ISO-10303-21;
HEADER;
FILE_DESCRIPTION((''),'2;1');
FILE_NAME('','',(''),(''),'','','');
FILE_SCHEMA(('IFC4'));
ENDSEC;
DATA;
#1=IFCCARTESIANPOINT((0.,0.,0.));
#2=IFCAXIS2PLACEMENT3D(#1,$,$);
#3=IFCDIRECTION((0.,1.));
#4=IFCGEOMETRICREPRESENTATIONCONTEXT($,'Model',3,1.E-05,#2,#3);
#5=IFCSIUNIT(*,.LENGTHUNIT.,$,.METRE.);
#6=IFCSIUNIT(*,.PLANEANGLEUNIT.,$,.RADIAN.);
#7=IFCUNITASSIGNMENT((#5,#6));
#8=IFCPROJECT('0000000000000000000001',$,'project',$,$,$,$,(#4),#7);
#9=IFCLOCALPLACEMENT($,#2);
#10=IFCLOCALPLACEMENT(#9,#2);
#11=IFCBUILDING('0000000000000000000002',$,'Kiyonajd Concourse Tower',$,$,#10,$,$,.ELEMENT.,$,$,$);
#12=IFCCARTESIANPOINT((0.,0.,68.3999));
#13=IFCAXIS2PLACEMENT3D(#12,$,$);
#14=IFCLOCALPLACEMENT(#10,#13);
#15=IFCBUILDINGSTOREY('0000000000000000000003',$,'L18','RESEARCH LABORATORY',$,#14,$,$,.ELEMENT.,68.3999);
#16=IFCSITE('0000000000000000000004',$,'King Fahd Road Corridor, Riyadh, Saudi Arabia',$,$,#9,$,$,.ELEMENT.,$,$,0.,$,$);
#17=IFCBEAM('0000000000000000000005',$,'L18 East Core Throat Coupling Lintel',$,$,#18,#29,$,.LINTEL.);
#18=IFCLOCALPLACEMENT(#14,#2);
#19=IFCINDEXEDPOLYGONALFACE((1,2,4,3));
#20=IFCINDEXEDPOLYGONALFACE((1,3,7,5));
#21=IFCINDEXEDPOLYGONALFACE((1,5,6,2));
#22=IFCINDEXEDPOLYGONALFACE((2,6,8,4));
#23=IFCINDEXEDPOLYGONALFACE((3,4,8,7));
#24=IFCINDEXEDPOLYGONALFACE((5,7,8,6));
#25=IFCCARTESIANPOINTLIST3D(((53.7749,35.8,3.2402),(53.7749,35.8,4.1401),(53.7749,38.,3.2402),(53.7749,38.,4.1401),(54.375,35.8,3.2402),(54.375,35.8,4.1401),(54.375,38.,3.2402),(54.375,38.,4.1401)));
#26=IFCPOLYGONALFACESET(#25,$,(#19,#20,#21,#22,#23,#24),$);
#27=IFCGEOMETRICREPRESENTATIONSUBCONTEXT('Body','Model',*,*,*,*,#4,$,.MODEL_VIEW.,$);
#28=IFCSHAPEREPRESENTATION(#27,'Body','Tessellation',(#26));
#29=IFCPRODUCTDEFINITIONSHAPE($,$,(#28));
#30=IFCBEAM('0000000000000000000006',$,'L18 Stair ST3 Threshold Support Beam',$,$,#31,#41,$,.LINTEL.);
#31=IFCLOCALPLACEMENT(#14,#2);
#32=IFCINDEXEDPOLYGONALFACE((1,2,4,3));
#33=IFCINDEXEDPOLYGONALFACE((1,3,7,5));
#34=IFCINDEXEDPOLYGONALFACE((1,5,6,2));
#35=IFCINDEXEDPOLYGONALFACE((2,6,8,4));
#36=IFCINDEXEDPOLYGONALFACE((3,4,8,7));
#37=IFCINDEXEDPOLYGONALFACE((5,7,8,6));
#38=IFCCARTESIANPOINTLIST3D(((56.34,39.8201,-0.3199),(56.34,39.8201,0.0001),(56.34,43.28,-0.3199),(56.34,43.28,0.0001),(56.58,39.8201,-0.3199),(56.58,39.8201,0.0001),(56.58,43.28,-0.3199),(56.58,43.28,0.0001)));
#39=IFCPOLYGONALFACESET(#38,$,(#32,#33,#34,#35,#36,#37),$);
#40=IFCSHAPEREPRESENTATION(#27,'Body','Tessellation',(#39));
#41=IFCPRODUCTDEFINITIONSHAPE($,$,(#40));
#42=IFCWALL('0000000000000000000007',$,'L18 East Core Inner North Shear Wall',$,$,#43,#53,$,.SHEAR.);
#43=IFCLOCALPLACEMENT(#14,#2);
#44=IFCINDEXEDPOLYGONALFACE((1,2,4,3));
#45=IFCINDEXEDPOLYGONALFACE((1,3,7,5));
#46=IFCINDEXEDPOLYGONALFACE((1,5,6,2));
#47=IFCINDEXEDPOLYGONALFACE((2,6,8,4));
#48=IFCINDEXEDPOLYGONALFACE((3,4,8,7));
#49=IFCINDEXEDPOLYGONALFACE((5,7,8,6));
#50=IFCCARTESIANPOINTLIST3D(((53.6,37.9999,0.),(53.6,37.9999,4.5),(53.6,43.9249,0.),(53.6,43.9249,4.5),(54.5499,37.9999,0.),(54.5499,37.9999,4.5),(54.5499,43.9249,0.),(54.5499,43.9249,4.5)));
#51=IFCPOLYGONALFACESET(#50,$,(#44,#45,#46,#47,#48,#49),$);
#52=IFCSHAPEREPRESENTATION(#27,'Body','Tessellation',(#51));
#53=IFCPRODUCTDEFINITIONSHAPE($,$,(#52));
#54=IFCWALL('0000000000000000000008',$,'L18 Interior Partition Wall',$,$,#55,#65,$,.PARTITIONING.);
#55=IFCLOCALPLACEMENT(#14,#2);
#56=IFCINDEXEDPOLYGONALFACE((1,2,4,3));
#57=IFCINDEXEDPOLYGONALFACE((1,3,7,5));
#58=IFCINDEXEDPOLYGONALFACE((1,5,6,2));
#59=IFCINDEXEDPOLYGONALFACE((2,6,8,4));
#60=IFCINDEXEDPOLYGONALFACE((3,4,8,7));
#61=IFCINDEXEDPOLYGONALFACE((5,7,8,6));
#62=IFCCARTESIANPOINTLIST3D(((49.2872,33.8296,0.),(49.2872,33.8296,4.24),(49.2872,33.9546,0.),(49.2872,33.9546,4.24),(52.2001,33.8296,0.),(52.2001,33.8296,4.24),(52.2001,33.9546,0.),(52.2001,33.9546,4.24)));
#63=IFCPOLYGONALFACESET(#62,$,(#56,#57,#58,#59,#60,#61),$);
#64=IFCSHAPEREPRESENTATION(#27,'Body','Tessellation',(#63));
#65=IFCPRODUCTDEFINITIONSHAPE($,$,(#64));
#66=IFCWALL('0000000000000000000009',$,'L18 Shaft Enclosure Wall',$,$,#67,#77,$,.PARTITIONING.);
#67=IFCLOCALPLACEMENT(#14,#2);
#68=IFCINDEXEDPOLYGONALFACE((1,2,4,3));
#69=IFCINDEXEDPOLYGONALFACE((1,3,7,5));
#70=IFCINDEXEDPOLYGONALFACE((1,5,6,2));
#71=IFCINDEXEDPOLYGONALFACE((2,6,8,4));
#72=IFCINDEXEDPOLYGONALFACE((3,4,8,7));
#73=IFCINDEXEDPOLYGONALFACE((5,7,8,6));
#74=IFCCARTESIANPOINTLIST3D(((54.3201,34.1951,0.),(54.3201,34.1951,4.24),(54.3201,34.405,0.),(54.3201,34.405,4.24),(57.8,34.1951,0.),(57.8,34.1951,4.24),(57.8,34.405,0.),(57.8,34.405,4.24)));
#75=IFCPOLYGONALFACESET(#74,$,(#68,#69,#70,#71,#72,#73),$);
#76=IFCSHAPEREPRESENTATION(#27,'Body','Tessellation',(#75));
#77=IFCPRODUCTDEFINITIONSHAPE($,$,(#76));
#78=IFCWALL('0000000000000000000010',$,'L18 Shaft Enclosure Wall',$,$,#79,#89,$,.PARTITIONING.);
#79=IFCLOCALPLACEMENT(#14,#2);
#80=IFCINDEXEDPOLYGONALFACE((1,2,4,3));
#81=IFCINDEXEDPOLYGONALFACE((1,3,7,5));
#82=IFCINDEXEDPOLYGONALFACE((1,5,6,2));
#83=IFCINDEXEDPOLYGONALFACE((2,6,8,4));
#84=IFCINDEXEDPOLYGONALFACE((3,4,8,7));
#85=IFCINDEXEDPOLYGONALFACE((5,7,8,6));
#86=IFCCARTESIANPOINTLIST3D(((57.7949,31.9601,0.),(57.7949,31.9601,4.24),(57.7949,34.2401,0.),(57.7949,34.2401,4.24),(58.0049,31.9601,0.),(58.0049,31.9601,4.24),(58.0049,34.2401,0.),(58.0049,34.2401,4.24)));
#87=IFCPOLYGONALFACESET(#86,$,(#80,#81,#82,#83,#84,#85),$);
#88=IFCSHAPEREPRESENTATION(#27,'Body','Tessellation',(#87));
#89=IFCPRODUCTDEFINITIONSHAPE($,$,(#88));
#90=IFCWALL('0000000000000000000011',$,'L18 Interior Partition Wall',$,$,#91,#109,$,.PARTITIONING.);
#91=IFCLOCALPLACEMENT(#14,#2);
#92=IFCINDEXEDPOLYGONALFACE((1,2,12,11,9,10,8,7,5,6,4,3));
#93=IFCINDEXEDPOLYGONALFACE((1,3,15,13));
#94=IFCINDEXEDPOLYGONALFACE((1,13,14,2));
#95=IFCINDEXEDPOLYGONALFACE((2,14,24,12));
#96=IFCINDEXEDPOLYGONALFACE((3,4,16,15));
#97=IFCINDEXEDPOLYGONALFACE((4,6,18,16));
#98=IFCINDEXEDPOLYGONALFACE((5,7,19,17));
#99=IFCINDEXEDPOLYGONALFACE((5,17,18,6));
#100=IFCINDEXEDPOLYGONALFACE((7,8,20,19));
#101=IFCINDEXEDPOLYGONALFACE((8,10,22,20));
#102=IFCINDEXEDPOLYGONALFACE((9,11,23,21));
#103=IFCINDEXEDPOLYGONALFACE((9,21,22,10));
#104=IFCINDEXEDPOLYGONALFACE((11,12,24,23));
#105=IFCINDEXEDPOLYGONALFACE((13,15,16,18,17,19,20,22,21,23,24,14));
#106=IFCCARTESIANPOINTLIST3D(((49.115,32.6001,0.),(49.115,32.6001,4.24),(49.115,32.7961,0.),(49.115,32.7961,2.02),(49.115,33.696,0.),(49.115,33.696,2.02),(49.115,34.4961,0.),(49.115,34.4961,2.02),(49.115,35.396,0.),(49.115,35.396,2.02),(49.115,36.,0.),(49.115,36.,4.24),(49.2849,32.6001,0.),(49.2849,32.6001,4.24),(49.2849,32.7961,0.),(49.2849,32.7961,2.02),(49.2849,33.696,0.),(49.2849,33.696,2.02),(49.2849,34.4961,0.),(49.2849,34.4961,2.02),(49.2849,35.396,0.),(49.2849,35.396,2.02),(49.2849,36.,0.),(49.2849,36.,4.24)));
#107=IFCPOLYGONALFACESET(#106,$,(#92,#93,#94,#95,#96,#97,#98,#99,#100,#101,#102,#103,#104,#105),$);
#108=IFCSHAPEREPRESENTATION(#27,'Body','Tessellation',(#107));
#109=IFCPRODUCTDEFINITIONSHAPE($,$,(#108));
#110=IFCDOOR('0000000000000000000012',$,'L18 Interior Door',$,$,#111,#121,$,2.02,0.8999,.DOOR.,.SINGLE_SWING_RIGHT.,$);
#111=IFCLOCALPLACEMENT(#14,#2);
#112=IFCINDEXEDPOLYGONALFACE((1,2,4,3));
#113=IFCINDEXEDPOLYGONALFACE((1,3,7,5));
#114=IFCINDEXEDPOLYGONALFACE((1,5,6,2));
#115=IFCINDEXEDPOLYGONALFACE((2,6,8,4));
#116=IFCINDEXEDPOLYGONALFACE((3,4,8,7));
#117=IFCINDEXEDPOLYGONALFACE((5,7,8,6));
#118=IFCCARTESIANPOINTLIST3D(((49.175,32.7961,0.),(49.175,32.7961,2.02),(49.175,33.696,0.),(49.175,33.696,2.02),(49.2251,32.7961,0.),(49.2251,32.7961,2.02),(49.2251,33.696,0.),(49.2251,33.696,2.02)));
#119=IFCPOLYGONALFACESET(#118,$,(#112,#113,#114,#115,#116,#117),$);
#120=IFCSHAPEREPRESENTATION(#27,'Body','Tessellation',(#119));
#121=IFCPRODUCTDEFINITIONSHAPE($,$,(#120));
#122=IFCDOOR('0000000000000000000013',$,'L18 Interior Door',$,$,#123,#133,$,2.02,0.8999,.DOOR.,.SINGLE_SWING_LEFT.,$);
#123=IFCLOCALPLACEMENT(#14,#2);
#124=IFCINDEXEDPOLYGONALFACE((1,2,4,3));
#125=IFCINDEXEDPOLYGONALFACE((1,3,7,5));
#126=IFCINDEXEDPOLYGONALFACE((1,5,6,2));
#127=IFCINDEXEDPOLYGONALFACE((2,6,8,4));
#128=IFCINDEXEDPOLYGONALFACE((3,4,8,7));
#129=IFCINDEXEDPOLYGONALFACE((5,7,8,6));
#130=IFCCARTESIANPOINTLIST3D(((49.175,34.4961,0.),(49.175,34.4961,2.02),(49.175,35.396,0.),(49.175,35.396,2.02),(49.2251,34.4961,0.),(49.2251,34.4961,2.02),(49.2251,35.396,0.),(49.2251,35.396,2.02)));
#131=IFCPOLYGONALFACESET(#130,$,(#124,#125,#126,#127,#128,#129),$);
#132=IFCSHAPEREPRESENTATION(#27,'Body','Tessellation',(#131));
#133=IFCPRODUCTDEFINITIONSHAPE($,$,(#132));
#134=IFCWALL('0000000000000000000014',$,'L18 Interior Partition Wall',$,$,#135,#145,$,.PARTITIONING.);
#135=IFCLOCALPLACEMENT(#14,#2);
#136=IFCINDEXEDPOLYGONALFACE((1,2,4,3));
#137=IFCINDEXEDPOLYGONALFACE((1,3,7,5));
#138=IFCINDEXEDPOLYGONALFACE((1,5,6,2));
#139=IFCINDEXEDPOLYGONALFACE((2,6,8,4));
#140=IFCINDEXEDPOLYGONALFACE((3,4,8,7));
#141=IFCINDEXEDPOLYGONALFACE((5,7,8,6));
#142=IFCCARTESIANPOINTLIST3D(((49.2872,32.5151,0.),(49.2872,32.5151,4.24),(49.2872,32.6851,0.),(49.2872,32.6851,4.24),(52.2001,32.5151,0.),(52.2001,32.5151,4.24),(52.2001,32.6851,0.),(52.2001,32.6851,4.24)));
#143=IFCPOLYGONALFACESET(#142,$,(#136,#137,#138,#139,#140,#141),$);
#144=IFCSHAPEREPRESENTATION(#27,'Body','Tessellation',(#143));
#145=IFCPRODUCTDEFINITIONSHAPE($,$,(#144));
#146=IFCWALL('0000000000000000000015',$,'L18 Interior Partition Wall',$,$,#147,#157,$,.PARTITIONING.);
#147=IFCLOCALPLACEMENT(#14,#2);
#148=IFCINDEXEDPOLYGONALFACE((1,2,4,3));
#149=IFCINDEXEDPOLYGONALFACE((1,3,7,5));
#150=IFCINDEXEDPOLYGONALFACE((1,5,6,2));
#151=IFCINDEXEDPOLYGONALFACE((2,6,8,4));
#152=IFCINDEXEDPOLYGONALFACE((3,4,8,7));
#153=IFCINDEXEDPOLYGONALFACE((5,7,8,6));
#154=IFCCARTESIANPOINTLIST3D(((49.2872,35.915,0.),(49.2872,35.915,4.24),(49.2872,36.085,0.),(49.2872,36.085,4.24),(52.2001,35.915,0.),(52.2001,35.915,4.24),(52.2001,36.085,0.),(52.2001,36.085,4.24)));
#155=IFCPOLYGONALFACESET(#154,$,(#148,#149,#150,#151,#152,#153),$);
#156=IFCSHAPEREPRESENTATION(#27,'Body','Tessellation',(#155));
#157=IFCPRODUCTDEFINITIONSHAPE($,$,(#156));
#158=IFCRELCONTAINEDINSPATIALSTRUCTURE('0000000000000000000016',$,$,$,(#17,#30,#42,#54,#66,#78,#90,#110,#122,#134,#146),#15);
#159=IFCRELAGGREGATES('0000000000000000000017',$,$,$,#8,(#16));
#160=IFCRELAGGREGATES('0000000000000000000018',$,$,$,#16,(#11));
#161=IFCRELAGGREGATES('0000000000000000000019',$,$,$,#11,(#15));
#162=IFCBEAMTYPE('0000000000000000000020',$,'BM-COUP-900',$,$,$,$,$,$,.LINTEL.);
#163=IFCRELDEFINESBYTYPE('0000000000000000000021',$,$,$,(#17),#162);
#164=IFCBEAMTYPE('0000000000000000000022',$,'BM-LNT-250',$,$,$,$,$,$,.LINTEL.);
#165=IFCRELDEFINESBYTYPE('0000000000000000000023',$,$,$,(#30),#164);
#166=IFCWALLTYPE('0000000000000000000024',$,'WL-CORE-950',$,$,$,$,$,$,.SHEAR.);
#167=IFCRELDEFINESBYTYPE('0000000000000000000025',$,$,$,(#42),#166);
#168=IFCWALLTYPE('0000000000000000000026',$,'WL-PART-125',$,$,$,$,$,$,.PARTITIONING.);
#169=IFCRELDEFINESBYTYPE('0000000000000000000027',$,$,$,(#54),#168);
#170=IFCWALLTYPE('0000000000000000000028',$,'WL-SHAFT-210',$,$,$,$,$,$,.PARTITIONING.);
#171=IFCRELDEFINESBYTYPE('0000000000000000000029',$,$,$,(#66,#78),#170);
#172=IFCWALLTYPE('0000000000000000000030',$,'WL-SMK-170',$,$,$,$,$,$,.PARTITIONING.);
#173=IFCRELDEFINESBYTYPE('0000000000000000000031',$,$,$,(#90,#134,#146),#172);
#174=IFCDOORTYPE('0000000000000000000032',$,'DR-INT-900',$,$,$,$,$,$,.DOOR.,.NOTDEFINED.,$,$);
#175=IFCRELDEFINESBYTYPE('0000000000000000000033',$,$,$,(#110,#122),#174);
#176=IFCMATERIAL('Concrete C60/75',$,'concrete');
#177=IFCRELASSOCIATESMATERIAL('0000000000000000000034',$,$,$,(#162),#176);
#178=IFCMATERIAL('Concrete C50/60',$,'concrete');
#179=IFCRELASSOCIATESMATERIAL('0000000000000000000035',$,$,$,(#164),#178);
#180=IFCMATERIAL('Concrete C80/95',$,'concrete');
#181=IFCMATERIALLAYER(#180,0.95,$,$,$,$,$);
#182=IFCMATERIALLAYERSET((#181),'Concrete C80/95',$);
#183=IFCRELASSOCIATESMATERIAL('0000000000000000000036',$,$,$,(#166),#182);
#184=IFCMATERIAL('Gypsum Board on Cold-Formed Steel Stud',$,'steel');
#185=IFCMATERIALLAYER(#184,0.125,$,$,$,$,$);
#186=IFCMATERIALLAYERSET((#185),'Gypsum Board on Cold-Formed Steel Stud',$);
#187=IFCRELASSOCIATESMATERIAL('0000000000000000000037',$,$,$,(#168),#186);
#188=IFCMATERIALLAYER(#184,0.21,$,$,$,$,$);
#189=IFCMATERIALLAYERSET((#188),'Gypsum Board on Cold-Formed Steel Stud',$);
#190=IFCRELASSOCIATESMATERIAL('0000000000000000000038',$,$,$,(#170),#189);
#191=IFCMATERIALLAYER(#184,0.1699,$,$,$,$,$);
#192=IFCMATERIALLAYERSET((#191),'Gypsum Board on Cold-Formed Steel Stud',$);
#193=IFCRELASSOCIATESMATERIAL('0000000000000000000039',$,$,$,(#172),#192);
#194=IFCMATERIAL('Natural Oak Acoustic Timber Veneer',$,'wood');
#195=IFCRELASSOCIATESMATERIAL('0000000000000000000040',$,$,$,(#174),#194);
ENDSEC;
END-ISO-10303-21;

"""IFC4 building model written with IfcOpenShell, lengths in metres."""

from ifc_helpers import new_model, si_unit, direction, frame, frame_2d, origin, origin_2d, place, context, subcontext, project, spatial, rectangle, extrude, material, layer, layer_set, material_profile, profile_set, type_object, element, fill, save


model = new_model("IFC4")

# Units and contexts
model_context = context("Model", 3, precision=1e-05, world=origin(), true_north=direction((0.0, 1.0)))
body_context = subcontext(model_context, "Body", "Model", "MODEL_VIEW")
ifc_project = project(units=[si_unit("LENGTHUNIT", "METRE"), si_unit("PLANEANGLEUNIT", "RADIAN")], contexts=[model_context])

# Site, building, storey
site_placement = place(None, origin())
site = spatial("IfcSite", under=ifc_project, at=site_placement, Name="King Fahd Road Corridor, Riyadh, Saudi Arabia", CompositionType="ELEMENT", RefElevation=0.0)
building_placement = place(site_placement, origin())
building = spatial("IfcBuilding", under=site, at=building_placement, Name="Kiyonajd Concourse Tower", CompositionType="ELEMENT")
storey_placement = place(building_placement, frame((0.0, 0.0, 68.3999)))
storey = spatial("IfcBuildingStorey", under=building, at=storey_placement, Name="L18", Description="RESEARCH LABORATORY", CompositionType="ELEMENT", Elevation=68.3999)

# Beams
ifc_material_1 = material(Name="Concrete C60/75", Category="concrete")
ifc_material_profile_1 = material_profile(ifc_material_1, rectangle(XDim=0.6001, YDim=0.8999, at=origin_2d()), Name="RCBM-600x900")
ifc_profile_set_1 = profile_set([ifc_material_profile_1], Name="Concrete C60/75")
beam_type_1 = type_object("IfcBeamType", Name="BM-COUP-900", PredefinedType="LINTEL", material=ifc_profile_set_1)
beam_1_placement = place(storey_placement, frame((54.075, 35.8, 3.6902), z_axis=(0.0, 1.0, 0.0), x_axis=(-1.0, 0.0, 0.0)))
element("IfcBeam", 1, at=beam_1_placement, inside=storey, type_object=beam_type_1, Name="L18 East Core Throat Coupling Lintel", PredefinedType="LINTEL", context=body_context, shape_type="SweptSolid", body=[
    extrude(rectangle(XDim=0.6001, YDim=0.8999, at=origin_2d()), origin(), (0.0, 0.0, 1.0), 2.2),
])
ifc_material_2 = material(Name="Concrete C50/60", Category="concrete")
ifc_material_profile_2 = material_profile(ifc_material_2, rectangle(XDim=0.24, YDim=0.3201, at=origin_2d()), Name="RCBM-240x320")
ifc_profile_set_2 = profile_set([ifc_material_profile_2], Name="Concrete C50/60")
beam_type_2 = type_object("IfcBeamType", Name="BM-LNT-250", PredefinedType="LINTEL", material=ifc_profile_set_2)
beam_2_placement = place(storey_placement, frame((56.46, 39.8201, -0.1599), z_axis=(0.0, 1.0, 0.0), x_axis=(-1.0, 0.0, 0.0)))
element("IfcBeam", 2, at=beam_2_placement, inside=storey, type_object=beam_type_2, Name="L18 Stair ST3 Threshold Support Beam", PredefinedType="LINTEL", context=body_context, shape_type="SweptSolid", body=[
    extrude(rectangle(XDim=0.24, YDim=0.3201, at=origin_2d()), origin(), (0.0, 0.0, 1.0), 3.46),
])

# Walls
ifc_material_3 = material(Name="Concrete C80/95", Category="concrete")
ifc_layer_1 = layer(ifc_material_3, 0.95)
ifc_layer_set_1 = layer_set([ifc_layer_1], Name="Concrete C80/95")
wall_type_1 = type_object("IfcWallType", Name="WL-CORE-950", PredefinedType="SHEAR", material=ifc_layer_set_1)
wall_1_placement = place(storey_placement, frame((54.075, 38.0, 0.0), z_axis=(0.0, 0.0, 1.0), x_axis=(0.0, 1.0, 0.0)))
element("IfcWall", 3, at=wall_1_placement, inside=storey, type_object=wall_type_1, Name="L18 East Core Inner North Shear Wall", PredefinedType="SHEAR", context=body_context, shape_type="SweptSolid", body=[
    extrude(rectangle(XDim=5.925, YDim=0.95, at=frame_2d((2.9624, 0.0))), origin(), (0.0, 0.0, 1.0), 4.5),
])
ifc_material_4 = material(Name="Gypsum Board on Cold-Formed Steel Stud", Category="steel")
ifc_layer_2 = layer(ifc_material_4, 0.125)
ifc_layer_set_2 = layer_set([ifc_layer_2], Name="Gypsum Board on Cold-Formed Steel Stud")
wall_type_2 = type_object("IfcWallType", Name="WL-PART-125", PredefinedType="PARTITIONING", material=ifc_layer_set_2)
wall_2_placement = place(storey_placement, frame((49.2871, 33.8921, 0.0), z_axis=(0.0, 0.0, 1.0), x_axis=(1.0, 0.0, 0.0)))
element("IfcWall", 4, at=wall_2_placement, inside=storey, type_object=wall_type_2, Name="L18 Interior Partition Wall", PredefinedType="PARTITIONING", context=body_context, shape_type="SweptSolid", body=[
    extrude(rectangle(XDim=2.9128, YDim=0.125, at=frame_2d((1.4565, 0.0))), origin(), (0.0, 0.0, 1.0), 4.24),
])
ifc_layer_3 = layer(ifc_material_4, 0.21)
ifc_layer_set_3 = layer_set([ifc_layer_3], Name="Gypsum Board on Cold-Formed Steel Stud")
wall_type_3 = type_object("IfcWallType", Name="WL-SHAFT-210", PredefinedType="PARTITIONING", material=ifc_layer_set_3)
wall_3_placement = place(storey_placement, frame((54.3201, 34.3, 0.0), z_axis=(0.0, 0.0, 1.0), x_axis=(1.0, 0.0, 0.0)))
element("IfcWall", 5, at=wall_3_placement, inside=storey, type_object=wall_type_3, Name="L18 Shaft Enclosure Wall", PredefinedType="PARTITIONING", context=body_context, shape_type="SweptSolid", body=[
    extrude(rectangle(XDim=3.48, YDim=0.21, at=frame_2d((1.74, 0.0))), origin(), (0.0, 0.0, 1.0), 4.24),
])
wall_4_placement = place(storey_placement, frame((57.8999, 31.96, 0.0), z_axis=(0.0, 0.0, 1.0), x_axis=(0.0, 1.0, 0.0)))
element("IfcWall", 6, at=wall_4_placement, inside=storey, type_object=wall_type_3, Name="L18 Shaft Enclosure Wall", PredefinedType="PARTITIONING", context=body_context, shape_type="SweptSolid", body=[
    extrude(rectangle(XDim=2.28, YDim=0.21, at=frame_2d((1.1401, 0.0))), origin(), (0.0, 0.0, 1.0), 4.24),
])

# Wall, openings, doors
ifc_layer_4 = layer(ifc_material_4, 0.1699)
ifc_layer_set_4 = layer_set([ifc_layer_4], Name="Gypsum Board on Cold-Formed Steel Stud")
wall_type_4 = type_object("IfcWallType", Name="WL-SMK-170", PredefinedType="PARTITIONING", material=ifc_layer_set_4)
wall_5_placement = place(storey_placement, frame((49.2, 32.6001, 0.0), z_axis=(0.0, 0.0, 1.0), x_axis=(0.0, 1.0, 0.0)))
wall_5 = element("IfcWall", 7, at=wall_5_placement, inside=storey, type_object=wall_type_4, Name="L18 Interior Partition Wall", PredefinedType="PARTITIONING", context=body_context, shape_type="SweptSolid", body=[
    extrude(rectangle(XDim=3.3999, YDim=0.1699, at=frame_2d((1.7, 0.0))), origin(), (0.0, 0.0, 1.0), 4.24),
])
opening_1_placement = place(wall_5_placement, frame((0.196, 0.0, 0.0)))
opening_1 = element("IfcOpeningElement", 8, at=opening_1_placement, cuts=wall_5, PredefinedType="OPENING", context=body_context, shape_type="SweptSolid", body=[
    extrude(rectangle(XDim=0.8999, YDim=2.02, at=frame_2d((0.45, 1.01))), frame((0.0, 0.095, 0.0), z_axis=(0.0, -1.0, 0.0), x_axis=(1.0, 0.0, 0.0)), (0.0, 0.0, 1.0), 0.1899),
])
opening_2_placement = place(wall_5_placement, frame((1.896, 0.0, 0.0)))
opening_2 = element("IfcOpeningElement", 9, at=opening_2_placement, cuts=wall_5, PredefinedType="OPENING", context=body_context, shape_type="SweptSolid", body=[
    extrude(rectangle(XDim=0.8999, YDim=2.02, at=frame_2d((0.45, 1.01))), frame((0.0, 0.095, 0.0), z_axis=(0.0, -1.0, 0.0), x_axis=(1.0, 0.0, 0.0)), (0.0, 0.0, 1.0), 0.1899),
])
ifc_material_5 = material(Name="Natural Oak Acoustic Timber Veneer", Category="wood")
door_type_1 = type_object("IfcDoorType", Name="DR-INT-900", OperationType="NOTDEFINED", PredefinedType="DOOR", material=ifc_material_5)
door_1_placement = place(opening_1_placement, origin())
door_1 = element("IfcDoor", 10, at=door_1_placement, inside=storey, type_object=door_type_1, Name="L18 Interior Door", OperationType="SINGLE_SWING_RIGHT", OverallHeight=2.02, OverallWidth=0.8999, PredefinedType="DOOR", context=body_context, shape_type="SweptSolid", body=[
    extrude(rectangle(XDim=0.8999, YDim=2.02, at=frame_2d((0.45, 1.01))), frame((0.0, 0.0249, 0.0), z_axis=(0.0, -1.0, 0.0), x_axis=(1.0, 0.0, 0.0)), (0.0, 0.0, 1.0), 0.05),
])
fill(opening_1, door_1)
door_2_placement = place(opening_2_placement, origin())
door_2 = element("IfcDoor", 11, at=door_2_placement, inside=storey, type_object=door_type_1, Name="L18 Interior Door", OperationType="SINGLE_SWING_LEFT", OverallHeight=2.02, OverallWidth=0.8999, PredefinedType="DOOR", context=body_context, shape_type="SweptSolid", body=[
    extrude(rectangle(XDim=0.8999, YDim=2.02, at=frame_2d((0.45, 1.01))), frame((0.0, 0.0249, 0.0), z_axis=(0.0, -1.0, 0.0), x_axis=(1.0, 0.0, 0.0)), (0.0, 0.0, 1.0), 0.05),
])
fill(opening_2, door_2)

# Walls
for number, where, z_axis, x_axis, name in (
    (12, (49.2871, 32.6001, 0.0), (0.0, 0.0, 1.0), (1.0, 0.0, 0.0), "L18 Interior Partition Wall"),
    (13, (49.2871, 36.0, 0.0), (0.0, 0.0, 1.0), (1.0, 0.0, 0.0), "L18 Interior Partition Wall"),
):
    element("IfcWall", number, at=place(storey_placement, frame(where, z_axis=z_axis, x_axis=x_axis)), inside=storey, type_object=wall_type_4, Name=name, PredefinedType="PARTITIONING", context=body_context, shape_type="SweptSolid", body=[
        extrude(rectangle(XDim=2.9128, YDim=0.1699, at=frame_2d((1.4565, 0.0))), origin(), (0.0, 0.0, 1.0), 4.24),
    ])

save(model, "model.ifc")
